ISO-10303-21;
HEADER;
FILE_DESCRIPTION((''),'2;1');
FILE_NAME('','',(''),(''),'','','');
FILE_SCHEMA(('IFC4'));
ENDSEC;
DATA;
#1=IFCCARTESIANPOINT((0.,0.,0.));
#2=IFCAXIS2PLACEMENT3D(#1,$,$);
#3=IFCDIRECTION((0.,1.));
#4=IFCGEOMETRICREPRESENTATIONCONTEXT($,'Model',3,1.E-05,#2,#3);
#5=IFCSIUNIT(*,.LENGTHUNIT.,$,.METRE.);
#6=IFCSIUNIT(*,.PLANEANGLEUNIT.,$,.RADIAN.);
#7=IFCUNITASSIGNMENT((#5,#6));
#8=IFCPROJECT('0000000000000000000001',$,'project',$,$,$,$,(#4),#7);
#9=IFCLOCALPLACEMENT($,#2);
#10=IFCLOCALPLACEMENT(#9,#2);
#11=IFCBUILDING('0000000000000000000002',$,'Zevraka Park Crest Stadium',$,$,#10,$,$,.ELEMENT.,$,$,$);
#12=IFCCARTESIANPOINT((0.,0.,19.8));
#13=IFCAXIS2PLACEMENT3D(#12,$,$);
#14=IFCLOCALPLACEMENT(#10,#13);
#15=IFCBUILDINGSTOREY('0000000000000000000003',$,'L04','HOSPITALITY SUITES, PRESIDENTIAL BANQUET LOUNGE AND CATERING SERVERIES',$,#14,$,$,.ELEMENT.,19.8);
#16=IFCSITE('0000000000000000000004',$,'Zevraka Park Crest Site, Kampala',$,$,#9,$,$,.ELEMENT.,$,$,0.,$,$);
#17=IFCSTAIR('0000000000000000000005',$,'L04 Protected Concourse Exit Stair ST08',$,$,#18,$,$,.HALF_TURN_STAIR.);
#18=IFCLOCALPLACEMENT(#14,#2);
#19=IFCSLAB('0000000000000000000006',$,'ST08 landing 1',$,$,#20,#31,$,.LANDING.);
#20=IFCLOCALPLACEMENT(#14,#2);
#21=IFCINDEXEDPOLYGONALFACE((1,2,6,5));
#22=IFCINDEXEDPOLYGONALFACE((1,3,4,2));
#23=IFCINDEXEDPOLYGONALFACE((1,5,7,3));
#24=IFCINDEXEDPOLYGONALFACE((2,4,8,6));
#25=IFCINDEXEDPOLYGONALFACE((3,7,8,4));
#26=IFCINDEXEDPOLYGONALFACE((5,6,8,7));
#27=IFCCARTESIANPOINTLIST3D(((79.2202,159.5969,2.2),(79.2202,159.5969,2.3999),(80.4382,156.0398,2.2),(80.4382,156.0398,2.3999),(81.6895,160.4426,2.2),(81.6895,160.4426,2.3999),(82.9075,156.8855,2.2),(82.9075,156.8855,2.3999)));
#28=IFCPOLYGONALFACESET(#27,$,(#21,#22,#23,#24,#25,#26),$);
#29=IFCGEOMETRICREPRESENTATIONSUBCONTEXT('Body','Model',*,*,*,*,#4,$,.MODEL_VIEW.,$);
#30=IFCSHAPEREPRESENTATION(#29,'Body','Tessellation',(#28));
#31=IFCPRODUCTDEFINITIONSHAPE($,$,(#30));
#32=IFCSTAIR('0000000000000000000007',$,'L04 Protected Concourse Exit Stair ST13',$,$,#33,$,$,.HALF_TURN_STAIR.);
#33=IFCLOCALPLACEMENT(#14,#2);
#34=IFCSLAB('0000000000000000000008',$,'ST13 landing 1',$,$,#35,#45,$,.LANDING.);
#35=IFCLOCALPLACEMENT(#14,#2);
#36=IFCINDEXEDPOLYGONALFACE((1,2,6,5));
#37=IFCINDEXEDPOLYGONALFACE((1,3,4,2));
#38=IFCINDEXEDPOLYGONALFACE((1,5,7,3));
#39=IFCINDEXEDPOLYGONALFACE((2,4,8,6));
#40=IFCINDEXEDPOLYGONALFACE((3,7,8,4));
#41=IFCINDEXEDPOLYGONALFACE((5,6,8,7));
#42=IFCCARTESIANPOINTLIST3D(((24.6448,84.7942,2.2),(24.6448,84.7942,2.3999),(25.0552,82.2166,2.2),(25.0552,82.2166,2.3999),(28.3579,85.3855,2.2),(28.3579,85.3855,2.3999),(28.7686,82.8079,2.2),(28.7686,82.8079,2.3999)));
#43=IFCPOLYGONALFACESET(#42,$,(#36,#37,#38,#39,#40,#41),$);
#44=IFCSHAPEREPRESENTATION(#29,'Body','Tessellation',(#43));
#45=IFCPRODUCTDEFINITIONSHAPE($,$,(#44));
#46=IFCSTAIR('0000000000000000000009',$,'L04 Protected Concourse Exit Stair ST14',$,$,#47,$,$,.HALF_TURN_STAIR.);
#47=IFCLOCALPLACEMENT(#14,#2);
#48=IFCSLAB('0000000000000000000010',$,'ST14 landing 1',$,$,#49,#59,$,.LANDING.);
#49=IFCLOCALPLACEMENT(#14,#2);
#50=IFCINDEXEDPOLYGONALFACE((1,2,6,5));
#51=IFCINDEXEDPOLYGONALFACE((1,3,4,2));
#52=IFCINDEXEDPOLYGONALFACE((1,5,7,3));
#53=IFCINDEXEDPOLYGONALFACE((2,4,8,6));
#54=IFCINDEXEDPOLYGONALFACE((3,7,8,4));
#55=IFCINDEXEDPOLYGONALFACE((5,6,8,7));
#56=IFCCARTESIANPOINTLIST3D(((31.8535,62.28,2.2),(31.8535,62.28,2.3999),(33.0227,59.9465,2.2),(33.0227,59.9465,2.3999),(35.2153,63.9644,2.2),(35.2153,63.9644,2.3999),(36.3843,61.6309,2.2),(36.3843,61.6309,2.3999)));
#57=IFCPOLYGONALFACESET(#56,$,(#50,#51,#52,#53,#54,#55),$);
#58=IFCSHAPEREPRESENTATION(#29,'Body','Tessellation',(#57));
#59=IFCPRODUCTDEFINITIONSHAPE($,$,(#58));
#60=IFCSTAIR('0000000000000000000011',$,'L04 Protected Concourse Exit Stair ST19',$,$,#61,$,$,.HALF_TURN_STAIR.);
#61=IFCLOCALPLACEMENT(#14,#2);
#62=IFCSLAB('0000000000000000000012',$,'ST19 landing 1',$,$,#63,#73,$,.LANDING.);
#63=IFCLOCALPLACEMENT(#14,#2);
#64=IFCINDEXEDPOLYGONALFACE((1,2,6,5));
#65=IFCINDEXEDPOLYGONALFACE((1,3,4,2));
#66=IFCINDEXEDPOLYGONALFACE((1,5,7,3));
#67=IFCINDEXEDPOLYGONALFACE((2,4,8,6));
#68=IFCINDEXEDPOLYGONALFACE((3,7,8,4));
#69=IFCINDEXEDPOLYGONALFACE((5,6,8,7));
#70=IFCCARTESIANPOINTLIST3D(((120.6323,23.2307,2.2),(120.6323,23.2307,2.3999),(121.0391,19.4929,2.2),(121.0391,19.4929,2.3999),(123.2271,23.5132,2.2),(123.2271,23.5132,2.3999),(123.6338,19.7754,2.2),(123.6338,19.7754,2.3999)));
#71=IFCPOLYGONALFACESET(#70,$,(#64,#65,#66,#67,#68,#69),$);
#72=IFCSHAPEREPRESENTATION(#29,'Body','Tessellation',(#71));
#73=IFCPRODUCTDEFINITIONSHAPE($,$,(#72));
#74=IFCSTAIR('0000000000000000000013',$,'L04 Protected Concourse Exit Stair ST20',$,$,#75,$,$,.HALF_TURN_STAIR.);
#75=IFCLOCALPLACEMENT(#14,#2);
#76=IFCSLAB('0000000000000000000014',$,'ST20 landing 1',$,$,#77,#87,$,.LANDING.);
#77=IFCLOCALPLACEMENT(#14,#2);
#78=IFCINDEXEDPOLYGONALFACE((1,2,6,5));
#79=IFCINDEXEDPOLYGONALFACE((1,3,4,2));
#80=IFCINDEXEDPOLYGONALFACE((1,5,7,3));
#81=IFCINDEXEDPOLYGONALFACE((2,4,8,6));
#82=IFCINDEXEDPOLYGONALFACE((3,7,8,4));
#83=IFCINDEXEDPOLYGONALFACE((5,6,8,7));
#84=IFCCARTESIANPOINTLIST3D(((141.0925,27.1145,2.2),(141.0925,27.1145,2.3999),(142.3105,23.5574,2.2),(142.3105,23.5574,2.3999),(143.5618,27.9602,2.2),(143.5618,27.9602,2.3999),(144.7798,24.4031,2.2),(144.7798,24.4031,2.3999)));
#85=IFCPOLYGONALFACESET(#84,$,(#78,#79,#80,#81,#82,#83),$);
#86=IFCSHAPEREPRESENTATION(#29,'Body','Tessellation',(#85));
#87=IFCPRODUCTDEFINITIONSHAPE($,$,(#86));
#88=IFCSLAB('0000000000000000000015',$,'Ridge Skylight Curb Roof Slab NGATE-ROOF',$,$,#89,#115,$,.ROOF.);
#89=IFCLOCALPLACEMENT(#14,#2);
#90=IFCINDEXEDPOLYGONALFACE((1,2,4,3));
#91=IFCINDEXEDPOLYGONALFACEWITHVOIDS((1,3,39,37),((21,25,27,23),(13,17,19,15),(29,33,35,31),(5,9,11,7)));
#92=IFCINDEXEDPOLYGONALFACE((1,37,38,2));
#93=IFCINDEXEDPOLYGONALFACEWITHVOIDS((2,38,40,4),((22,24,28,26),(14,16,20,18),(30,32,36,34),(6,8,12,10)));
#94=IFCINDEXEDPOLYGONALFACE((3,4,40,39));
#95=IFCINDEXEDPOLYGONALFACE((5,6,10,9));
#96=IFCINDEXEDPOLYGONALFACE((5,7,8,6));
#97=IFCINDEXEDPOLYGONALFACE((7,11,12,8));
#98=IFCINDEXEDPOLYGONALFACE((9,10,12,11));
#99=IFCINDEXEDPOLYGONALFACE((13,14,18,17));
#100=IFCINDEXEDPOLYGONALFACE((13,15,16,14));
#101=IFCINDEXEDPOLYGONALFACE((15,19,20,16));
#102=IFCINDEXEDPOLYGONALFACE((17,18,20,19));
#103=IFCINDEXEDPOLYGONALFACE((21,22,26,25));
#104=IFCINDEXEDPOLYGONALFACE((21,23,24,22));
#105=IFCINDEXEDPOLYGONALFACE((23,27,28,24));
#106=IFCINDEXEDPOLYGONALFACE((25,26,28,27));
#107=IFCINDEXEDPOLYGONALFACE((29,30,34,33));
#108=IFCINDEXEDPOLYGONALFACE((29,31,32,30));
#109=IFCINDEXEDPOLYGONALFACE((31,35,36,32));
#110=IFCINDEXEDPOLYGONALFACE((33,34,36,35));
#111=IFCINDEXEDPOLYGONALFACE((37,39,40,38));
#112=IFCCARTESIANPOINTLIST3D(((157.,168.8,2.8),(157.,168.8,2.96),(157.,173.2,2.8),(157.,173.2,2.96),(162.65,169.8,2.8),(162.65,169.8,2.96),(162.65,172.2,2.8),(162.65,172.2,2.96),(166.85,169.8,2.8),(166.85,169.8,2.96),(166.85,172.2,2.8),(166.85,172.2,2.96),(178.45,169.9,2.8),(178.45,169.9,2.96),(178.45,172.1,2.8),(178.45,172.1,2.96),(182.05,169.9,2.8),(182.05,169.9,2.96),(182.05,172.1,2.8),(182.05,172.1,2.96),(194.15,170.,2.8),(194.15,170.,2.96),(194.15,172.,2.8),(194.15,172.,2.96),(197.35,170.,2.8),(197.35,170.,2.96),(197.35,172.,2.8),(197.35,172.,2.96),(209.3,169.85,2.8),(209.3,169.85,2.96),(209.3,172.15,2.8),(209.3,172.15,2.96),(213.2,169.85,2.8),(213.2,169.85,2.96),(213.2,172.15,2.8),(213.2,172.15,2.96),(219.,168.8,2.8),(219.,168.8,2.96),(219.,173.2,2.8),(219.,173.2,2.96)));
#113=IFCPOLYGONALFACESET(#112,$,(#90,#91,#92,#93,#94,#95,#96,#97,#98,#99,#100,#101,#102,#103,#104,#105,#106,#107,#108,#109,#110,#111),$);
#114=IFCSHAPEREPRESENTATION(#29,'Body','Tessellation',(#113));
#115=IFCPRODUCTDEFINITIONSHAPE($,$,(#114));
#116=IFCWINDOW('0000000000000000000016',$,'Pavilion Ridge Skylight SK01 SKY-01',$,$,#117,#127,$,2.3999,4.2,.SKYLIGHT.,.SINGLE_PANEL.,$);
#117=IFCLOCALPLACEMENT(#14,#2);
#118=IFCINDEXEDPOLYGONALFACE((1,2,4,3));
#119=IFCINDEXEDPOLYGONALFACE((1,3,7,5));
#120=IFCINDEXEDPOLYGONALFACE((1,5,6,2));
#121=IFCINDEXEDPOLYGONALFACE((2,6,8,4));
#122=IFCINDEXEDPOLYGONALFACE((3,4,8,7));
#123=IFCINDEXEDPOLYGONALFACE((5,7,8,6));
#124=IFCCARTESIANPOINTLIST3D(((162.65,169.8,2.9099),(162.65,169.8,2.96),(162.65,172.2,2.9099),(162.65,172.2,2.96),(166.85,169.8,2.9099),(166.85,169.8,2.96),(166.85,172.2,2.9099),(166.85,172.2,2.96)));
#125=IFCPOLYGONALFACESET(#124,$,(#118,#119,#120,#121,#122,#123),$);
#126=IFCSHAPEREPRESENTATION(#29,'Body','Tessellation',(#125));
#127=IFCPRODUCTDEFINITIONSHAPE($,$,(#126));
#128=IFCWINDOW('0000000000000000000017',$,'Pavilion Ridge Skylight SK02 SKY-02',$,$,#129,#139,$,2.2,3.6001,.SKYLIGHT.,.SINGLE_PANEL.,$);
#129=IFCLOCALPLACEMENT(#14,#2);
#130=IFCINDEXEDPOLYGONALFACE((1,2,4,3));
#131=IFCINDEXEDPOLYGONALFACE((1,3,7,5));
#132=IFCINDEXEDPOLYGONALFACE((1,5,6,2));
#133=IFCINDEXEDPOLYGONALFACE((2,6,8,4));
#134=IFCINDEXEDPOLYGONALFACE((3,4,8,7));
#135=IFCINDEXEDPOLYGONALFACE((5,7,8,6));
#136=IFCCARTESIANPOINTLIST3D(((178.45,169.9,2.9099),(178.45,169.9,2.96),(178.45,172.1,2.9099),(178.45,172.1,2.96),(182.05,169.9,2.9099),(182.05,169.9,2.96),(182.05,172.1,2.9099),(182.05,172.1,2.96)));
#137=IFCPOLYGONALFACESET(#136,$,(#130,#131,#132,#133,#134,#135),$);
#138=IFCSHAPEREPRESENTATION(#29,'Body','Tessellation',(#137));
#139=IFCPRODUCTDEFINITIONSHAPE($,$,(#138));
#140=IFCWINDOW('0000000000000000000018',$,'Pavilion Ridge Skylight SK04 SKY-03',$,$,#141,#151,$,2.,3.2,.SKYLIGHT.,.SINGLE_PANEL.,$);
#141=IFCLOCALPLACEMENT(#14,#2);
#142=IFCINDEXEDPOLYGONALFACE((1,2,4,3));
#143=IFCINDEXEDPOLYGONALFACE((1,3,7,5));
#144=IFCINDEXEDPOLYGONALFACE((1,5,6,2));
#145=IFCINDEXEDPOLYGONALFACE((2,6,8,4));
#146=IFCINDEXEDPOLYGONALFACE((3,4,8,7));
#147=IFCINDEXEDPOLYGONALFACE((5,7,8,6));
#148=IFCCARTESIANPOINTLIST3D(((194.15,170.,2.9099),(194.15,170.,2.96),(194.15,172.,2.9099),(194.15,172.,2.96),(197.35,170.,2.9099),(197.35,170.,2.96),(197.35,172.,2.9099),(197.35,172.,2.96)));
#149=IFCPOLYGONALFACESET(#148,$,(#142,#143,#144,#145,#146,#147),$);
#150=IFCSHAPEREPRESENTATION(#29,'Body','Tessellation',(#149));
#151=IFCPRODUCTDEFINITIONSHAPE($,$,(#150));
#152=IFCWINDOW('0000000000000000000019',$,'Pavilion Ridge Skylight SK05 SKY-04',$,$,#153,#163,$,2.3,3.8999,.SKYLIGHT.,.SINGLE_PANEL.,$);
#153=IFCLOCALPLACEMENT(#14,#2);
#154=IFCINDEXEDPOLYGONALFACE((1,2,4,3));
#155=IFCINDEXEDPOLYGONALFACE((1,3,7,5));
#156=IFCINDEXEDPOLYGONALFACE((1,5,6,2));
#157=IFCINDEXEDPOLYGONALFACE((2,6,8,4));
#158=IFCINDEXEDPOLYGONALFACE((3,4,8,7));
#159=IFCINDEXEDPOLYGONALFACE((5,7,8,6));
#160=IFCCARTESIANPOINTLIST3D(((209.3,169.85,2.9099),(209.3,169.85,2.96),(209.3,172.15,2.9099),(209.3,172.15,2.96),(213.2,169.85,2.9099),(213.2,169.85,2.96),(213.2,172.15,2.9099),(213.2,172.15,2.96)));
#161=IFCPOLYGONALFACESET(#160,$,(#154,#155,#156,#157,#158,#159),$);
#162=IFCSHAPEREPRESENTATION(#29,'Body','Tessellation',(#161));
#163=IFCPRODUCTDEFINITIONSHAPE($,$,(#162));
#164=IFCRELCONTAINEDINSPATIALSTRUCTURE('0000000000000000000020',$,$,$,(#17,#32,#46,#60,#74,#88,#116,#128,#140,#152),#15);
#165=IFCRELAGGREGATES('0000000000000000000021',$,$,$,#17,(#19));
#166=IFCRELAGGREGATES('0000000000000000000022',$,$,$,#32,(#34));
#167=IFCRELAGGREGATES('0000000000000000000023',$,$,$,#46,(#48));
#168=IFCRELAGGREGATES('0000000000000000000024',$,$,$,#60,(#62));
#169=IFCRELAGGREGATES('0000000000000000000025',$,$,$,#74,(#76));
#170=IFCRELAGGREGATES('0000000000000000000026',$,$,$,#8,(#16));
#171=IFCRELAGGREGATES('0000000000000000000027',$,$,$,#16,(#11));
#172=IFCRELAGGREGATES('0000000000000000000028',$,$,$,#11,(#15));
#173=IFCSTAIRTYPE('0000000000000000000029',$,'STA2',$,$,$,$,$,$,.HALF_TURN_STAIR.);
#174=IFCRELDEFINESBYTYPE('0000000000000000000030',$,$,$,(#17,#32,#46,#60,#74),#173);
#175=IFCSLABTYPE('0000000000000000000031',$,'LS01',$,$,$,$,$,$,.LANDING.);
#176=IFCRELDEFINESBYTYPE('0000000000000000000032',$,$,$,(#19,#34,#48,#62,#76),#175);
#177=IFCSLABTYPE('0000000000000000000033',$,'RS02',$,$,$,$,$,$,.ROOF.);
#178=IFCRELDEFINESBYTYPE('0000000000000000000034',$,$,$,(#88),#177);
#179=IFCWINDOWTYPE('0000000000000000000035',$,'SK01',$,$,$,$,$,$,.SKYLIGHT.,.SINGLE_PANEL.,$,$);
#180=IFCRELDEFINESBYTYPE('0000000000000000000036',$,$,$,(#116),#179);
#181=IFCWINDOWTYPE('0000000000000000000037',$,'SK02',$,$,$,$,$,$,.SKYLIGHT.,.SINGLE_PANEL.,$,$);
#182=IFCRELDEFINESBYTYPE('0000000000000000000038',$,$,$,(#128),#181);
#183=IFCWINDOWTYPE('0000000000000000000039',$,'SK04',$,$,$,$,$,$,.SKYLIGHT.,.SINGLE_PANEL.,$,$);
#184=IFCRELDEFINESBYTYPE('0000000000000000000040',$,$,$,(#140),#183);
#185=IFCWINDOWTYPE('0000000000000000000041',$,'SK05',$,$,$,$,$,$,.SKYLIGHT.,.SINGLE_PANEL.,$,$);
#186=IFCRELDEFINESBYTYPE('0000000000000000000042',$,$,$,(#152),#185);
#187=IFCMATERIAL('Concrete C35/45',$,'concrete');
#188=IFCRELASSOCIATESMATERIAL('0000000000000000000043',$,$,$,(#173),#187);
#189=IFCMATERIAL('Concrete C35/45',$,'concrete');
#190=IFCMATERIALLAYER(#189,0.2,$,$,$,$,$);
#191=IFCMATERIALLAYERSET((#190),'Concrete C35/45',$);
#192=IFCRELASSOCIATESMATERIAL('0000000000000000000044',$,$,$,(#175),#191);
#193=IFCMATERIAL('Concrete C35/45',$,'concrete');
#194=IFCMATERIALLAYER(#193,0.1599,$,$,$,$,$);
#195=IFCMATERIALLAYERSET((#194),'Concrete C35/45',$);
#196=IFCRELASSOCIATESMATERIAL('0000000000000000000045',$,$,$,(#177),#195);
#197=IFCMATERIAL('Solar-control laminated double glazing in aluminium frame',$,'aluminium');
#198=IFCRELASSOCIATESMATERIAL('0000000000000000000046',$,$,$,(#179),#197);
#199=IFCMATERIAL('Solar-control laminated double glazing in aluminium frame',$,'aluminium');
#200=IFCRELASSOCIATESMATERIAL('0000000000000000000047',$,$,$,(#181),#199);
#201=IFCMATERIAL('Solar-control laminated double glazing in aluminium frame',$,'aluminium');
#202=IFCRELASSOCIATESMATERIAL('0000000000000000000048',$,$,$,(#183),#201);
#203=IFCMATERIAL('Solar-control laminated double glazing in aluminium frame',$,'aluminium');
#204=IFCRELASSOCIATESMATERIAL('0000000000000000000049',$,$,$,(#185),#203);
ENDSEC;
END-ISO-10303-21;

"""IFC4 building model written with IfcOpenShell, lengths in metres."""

from ifc_helpers import new_model, si_unit, direction, frame, origin, origin_2d, place, context, subcontext, project, spatial, polyline, rectangle, outline, extrude, material, layer, layer_set, type_object, element, fill, aggregate, save


model = new_model("IFC4")

# Units and contexts
model_context = context("Model", 3, precision=1e-05, world=origin(), true_north=direction((0.0, 1.0)))
body_context = subcontext(model_context, "Body", "Model", "MODEL_VIEW")
ifc_project = project(units=[si_unit("LENGTHUNIT", "METRE"), si_unit("PLANEANGLEUNIT", "RADIAN")], contexts=[model_context])

# Site, building, storey
site_placement = place(None, origin())
site = spatial("IfcSite", under=ifc_project, at=site_placement, Name="Zevraka Park Crest Site, Kampala", CompositionType="ELEMENT", RefElevation=0.0)
building_placement = place(site_placement, origin())
building = spatial("IfcBuilding", under=site, at=building_placement, Name="Zevraka Park Crest Stadium", CompositionType="ELEMENT")
storey_placement = place(building_placement, frame((0.0, 0.0, 19.8)))
storey = spatial("IfcBuildingStorey", under=building, at=storey_placement, Name="L04", Description="HOSPITALITY SUITES, PRESIDENTIAL BANQUET LOUNGE AND CATERING SERVERIES", CompositionType="ELEMENT", Elevation=19.8)

# Stairs, slabs
ifc_material_1 = material(Name="Concrete C35/45", Category="concrete")
stair_type = type_object("IfcStairType", Name="STA2", PredefinedType="HALF_TURN_STAIR", material=ifc_material_1)
stair_1_placement = place(storey_placement, origin())
stair_1 = element("IfcStair", 1, at=stair_1_placement, inside=storey, type_object=stair_type, Name="L04 Protected Concourse Exit Stair ST08", PredefinedType="HALF_TURN_STAIR")
ifc_material_2 = material(Name="Concrete C35/45", Category="concrete")
ifc_layer_1 = layer(ifc_material_2, 0.2)
ifc_layer_set_1 = layer_set([ifc_layer_1], Name="Concrete C35/45")
slab_type_1 = type_object("IfcSlabType", Name="LS01", PredefinedType="LANDING", material=ifc_layer_set_1)
slab_1_placement = place(storey_placement, frame((0.0, 0.0, 2.2)))
slab_1 = element("IfcSlab", 2, at=slab_1_placement, type_object=slab_type_1, Name="ST08 landing 1", PredefinedType="LANDING", context=body_context, shape_type="SweptSolid", body=[
    extrude(outline(polyline([(81.6895, 160.4426), (79.2202, 159.5969), (80.4382, 156.0398), (82.9075, 156.8855), (81.6895, 160.4426)])), origin(), (0.0, 0.0, 1.0), 0.2),
])
aggregate(stair_1, [slab_1])
stair_2_placement = place(storey_placement, origin())
stair_2 = element("IfcStair", 3, at=stair_2_placement, inside=storey, type_object=stair_type, Name="L04 Protected Concourse Exit Stair ST13", PredefinedType="HALF_TURN_STAIR")
slab_2_placement = place(storey_placement, frame((0.0, 0.0, 2.2)))
slab_2 = element("IfcSlab", 4, at=slab_2_placement, type_object=slab_type_1, Name="ST13 landing 1", PredefinedType="LANDING", context=body_context, shape_type="SweptSolid", body=[
    extrude(outline(polyline([(24.6448, 84.7942), (25.0552, 82.2166), (28.7686, 82.8079), (28.3579, 85.3855), (24.6448, 84.7942)])), origin(), (0.0, 0.0, 1.0), 0.2),
])
aggregate(stair_2, [slab_2])
stair_3_placement = place(storey_placement, origin())
stair_3 = element("IfcStair", 5, at=stair_3_placement, inside=storey, type_object=stair_type, Name="L04 Protected Concourse Exit Stair ST14", PredefinedType="HALF_TURN_STAIR")
slab_3_placement = place(storey_placement, frame((0.0, 0.0, 2.2)))
slab_3 = element("IfcSlab", 6, at=slab_3_placement, type_object=slab_type_1, Name="ST14 landing 1", PredefinedType="LANDING", context=body_context, shape_type="SweptSolid", body=[
    extrude(outline(polyline([(31.8535, 62.28), (33.0227, 59.9465), (36.3843, 61.6309), (35.2153, 63.9644), (31.8535, 62.28)])), origin(), (0.0, 0.0, 1.0), 0.2),
])
aggregate(stair_3, [slab_3])
stair_4_placement = place(storey_placement, origin())
stair_4 = element("IfcStair", 7, at=stair_4_placement, inside=storey, type_object=stair_type, Name="L04 Protected Concourse Exit Stair ST19", PredefinedType="HALF_TURN_STAIR")
slab_4_placement = place(storey_placement, frame((0.0, 0.0, 2.2)))
slab_4 = element("IfcSlab", 8, at=slab_4_placement, type_object=slab_type_1, Name="ST19 landing 1", PredefinedType="LANDING", context=body_context, shape_type="SweptSolid", body=[
    extrude(outline(polyline([(121.0391, 19.4929), (123.6338, 19.7754), (123.2271, 23.5132), (120.6323, 23.2307), (121.0391, 19.4929)])), origin(), (0.0, 0.0, 1.0), 0.2),
])
aggregate(stair_4, [slab_4])
stair_5_placement = place(storey_placement, origin())
stair_5 = element("IfcStair", 9, at=stair_5_placement, inside=storey, type_object=stair_type, Name="L04 Protected Concourse Exit Stair ST20", PredefinedType="HALF_TURN_STAIR")
slab_5_placement = place(storey_placement, frame((0.0, 0.0, 2.2)))
slab_5 = element("IfcSlab", 10, at=slab_5_placement, type_object=slab_type_1, Name="ST20 landing 1", PredefinedType="LANDING", context=body_context, shape_type="SweptSolid", body=[
    extrude(outline(polyline([(142.3105, 23.5574), (144.7798, 24.4031), (143.5618, 27.9602), (141.0925, 27.1145), (142.3105, 23.5574)])), origin(), (0.0, 0.0, 1.0), 0.2),
])
aggregate(stair_5, [slab_5])

# Slab, openings, windows
ifc_material_3 = material(Name="Concrete C35/45", Category="concrete")
ifc_layer_2 = layer(ifc_material_3, 0.1599)
ifc_layer_set_2 = layer_set([ifc_layer_2], Name="Concrete C35/45")
slab_type_2 = type_object("IfcSlabType", Name="RS02", PredefinedType="ROOF", material=ifc_layer_set_2)
slab_6_placement = place(storey_placement, frame((0.0, 0.0, 2.8)))
slab_6 = element("IfcSlab", 11, at=slab_6_placement, inside=storey, type_object=slab_type_2, Name="Ridge Skylight Curb Roof Slab NGATE-ROOF", PredefinedType="ROOF", context=body_context, shape_type="SweptSolid", body=[
    extrude(outline(polyline([(157.0, 168.8), (219.0, 168.8), (219.0, 173.2), (157.0, 173.2), (157.0, 168.8)])), origin(), (0.0, 0.0, 1.0), 0.1599),
])
opening_1_placement = place(slab_6_placement, frame((164.75, 171.0, 0.0)))
opening_1 = element("IfcOpeningElement", 12, at=opening_1_placement, cuts=slab_6, PredefinedType="OPENING", context=body_context, shape_type="SweptSolid", body=[
    extrude(rectangle(XDim=4.2, YDim=2.3999, at=origin_2d()), origin(), (0.0, 0.0, 1.0), 0.1599),
])
opening_2_placement = place(slab_6_placement, frame((180.25, 171.0, 0.0)))
opening_2 = element("IfcOpeningElement", 13, at=opening_2_placement, cuts=slab_6, PredefinedType="OPENING", context=body_context, shape_type="SweptSolid", body=[
    extrude(rectangle(XDim=3.6001, YDim=2.2, at=origin_2d()), origin(), (0.0, 0.0, 1.0), 0.1599),
])
opening_3_placement = place(slab_6_placement, frame((195.75, 171.0, 0.0)))
opening_3 = element("IfcOpeningElement", 14, at=opening_3_placement, cuts=slab_6, PredefinedType="OPENING", context=body_context, shape_type="SweptSolid", body=[
    extrude(rectangle(XDim=3.2, YDim=2.0, at=origin_2d()), origin(), (0.0, 0.0, 1.0), 0.1599),
])
opening_4_placement = place(slab_6_placement, frame((211.25, 171.0, 0.0)))
opening_4 = element("IfcOpeningElement", 15, at=opening_4_placement, cuts=slab_6, PredefinedType="OPENING", context=body_context, shape_type="SweptSolid", body=[
    extrude(rectangle(XDim=3.8999, YDim=2.3, at=origin_2d()), origin(), (0.0, 0.0, 1.0), 0.1599),
])
ifc_material_4 = material(Name="Solar-control laminated double glazing in aluminium frame", Category="aluminium")
window_type_1 = type_object("IfcWindowType", Name="SK01", PartitioningType="SINGLE_PANEL", PredefinedType="SKYLIGHT", material=ifc_material_4)
window_1_placement = place(opening_1_placement, frame((0.0, 0.0, 0.1099)))
window_1 = element("IfcWindow", 16, at=window_1_placement, inside=storey, type_object=window_type_1, Name="Pavilion Ridge Skylight SK01 SKY-01", OverallHeight=2.3999, OverallWidth=4.2, PartitioningType="SINGLE_PANEL", PredefinedType="SKYLIGHT", context=body_context, shape_type="SweptSolid", body=[
    extrude(rectangle(XDim=4.2, YDim=2.3999, at=origin_2d()), origin(), (0.0, 0.0, 1.0), 0.05),
])
fill(opening_1, window_1)
ifc_material_5 = material(Name="Solar-control laminated double glazing in aluminium frame", Category="aluminium")
window_type_2 = type_object("IfcWindowType", Name="SK02", PartitioningType="SINGLE_PANEL", PredefinedType="SKYLIGHT", material=ifc_material_5)
window_2_placement = place(opening_2_placement, frame((0.0, 0.0, 0.1099)))
window_2 = element("IfcWindow", 17, at=window_2_placement, inside=storey, type_object=window_type_2, Name="Pavilion Ridge Skylight SK02 SKY-02", OverallHeight=2.2, OverallWidth=3.6001, PartitioningType="SINGLE_PANEL", PredefinedType="SKYLIGHT", context=body_context, shape_type="SweptSolid", body=[
    extrude(rectangle(XDim=3.6001, YDim=2.2, at=origin_2d()), origin(), (0.0, 0.0, 1.0), 0.05),
])
fill(opening_2, window_2)
ifc_material_6 = material(Name="Solar-control laminated double glazing in aluminium frame", Category="aluminium")
window_type_3 = type_object("IfcWindowType", Name="SK04", PartitioningType="SINGLE_PANEL", PredefinedType="SKYLIGHT", material=ifc_material_6)
window_3_placement = place(opening_3_placement, frame((0.0, 0.0, 0.1099)))
window_3 = element("IfcWindow", 18, at=window_3_placement, inside=storey, type_object=window_type_3, Name="Pavilion Ridge Skylight SK04 SKY-03", OverallHeight=2.0, OverallWidth=3.2, PartitioningType="SINGLE_PANEL", PredefinedType="SKYLIGHT", context=body_context, shape_type="SweptSolid", body=[
    extrude(rectangle(XDim=3.2, YDim=2.0, at=origin_2d()), origin(), (0.0, 0.0, 1.0), 0.05),
])
fill(opening_3, window_3)
ifc_material_7 = material(Name="Solar-control laminated double glazing in aluminium frame", Category="aluminium")
window_type_4 = type_object("IfcWindowType", Name="SK05", PartitioningType="SINGLE_PANEL", PredefinedType="SKYLIGHT", material=ifc_material_7)
window_4_placement = place(opening_4_placement, frame((0.0, 0.0, 0.1099)))
window_4 = element("IfcWindow", 19, at=window_4_placement, inside=storey, type_object=window_type_4, Name="Pavilion Ridge Skylight SK05 SKY-04", OverallHeight=2.3, OverallWidth=3.8999, PartitioningType="SINGLE_PANEL", PredefinedType="SKYLIGHT", context=body_context, shape_type="SweptSolid", body=[
    extrude(rectangle(XDim=3.8999, YDim=2.3, at=origin_2d()), origin(), (0.0, 0.0, 1.0), 0.05),
])
fill(opening_4, window_4)

save(model, "model.ifc")
